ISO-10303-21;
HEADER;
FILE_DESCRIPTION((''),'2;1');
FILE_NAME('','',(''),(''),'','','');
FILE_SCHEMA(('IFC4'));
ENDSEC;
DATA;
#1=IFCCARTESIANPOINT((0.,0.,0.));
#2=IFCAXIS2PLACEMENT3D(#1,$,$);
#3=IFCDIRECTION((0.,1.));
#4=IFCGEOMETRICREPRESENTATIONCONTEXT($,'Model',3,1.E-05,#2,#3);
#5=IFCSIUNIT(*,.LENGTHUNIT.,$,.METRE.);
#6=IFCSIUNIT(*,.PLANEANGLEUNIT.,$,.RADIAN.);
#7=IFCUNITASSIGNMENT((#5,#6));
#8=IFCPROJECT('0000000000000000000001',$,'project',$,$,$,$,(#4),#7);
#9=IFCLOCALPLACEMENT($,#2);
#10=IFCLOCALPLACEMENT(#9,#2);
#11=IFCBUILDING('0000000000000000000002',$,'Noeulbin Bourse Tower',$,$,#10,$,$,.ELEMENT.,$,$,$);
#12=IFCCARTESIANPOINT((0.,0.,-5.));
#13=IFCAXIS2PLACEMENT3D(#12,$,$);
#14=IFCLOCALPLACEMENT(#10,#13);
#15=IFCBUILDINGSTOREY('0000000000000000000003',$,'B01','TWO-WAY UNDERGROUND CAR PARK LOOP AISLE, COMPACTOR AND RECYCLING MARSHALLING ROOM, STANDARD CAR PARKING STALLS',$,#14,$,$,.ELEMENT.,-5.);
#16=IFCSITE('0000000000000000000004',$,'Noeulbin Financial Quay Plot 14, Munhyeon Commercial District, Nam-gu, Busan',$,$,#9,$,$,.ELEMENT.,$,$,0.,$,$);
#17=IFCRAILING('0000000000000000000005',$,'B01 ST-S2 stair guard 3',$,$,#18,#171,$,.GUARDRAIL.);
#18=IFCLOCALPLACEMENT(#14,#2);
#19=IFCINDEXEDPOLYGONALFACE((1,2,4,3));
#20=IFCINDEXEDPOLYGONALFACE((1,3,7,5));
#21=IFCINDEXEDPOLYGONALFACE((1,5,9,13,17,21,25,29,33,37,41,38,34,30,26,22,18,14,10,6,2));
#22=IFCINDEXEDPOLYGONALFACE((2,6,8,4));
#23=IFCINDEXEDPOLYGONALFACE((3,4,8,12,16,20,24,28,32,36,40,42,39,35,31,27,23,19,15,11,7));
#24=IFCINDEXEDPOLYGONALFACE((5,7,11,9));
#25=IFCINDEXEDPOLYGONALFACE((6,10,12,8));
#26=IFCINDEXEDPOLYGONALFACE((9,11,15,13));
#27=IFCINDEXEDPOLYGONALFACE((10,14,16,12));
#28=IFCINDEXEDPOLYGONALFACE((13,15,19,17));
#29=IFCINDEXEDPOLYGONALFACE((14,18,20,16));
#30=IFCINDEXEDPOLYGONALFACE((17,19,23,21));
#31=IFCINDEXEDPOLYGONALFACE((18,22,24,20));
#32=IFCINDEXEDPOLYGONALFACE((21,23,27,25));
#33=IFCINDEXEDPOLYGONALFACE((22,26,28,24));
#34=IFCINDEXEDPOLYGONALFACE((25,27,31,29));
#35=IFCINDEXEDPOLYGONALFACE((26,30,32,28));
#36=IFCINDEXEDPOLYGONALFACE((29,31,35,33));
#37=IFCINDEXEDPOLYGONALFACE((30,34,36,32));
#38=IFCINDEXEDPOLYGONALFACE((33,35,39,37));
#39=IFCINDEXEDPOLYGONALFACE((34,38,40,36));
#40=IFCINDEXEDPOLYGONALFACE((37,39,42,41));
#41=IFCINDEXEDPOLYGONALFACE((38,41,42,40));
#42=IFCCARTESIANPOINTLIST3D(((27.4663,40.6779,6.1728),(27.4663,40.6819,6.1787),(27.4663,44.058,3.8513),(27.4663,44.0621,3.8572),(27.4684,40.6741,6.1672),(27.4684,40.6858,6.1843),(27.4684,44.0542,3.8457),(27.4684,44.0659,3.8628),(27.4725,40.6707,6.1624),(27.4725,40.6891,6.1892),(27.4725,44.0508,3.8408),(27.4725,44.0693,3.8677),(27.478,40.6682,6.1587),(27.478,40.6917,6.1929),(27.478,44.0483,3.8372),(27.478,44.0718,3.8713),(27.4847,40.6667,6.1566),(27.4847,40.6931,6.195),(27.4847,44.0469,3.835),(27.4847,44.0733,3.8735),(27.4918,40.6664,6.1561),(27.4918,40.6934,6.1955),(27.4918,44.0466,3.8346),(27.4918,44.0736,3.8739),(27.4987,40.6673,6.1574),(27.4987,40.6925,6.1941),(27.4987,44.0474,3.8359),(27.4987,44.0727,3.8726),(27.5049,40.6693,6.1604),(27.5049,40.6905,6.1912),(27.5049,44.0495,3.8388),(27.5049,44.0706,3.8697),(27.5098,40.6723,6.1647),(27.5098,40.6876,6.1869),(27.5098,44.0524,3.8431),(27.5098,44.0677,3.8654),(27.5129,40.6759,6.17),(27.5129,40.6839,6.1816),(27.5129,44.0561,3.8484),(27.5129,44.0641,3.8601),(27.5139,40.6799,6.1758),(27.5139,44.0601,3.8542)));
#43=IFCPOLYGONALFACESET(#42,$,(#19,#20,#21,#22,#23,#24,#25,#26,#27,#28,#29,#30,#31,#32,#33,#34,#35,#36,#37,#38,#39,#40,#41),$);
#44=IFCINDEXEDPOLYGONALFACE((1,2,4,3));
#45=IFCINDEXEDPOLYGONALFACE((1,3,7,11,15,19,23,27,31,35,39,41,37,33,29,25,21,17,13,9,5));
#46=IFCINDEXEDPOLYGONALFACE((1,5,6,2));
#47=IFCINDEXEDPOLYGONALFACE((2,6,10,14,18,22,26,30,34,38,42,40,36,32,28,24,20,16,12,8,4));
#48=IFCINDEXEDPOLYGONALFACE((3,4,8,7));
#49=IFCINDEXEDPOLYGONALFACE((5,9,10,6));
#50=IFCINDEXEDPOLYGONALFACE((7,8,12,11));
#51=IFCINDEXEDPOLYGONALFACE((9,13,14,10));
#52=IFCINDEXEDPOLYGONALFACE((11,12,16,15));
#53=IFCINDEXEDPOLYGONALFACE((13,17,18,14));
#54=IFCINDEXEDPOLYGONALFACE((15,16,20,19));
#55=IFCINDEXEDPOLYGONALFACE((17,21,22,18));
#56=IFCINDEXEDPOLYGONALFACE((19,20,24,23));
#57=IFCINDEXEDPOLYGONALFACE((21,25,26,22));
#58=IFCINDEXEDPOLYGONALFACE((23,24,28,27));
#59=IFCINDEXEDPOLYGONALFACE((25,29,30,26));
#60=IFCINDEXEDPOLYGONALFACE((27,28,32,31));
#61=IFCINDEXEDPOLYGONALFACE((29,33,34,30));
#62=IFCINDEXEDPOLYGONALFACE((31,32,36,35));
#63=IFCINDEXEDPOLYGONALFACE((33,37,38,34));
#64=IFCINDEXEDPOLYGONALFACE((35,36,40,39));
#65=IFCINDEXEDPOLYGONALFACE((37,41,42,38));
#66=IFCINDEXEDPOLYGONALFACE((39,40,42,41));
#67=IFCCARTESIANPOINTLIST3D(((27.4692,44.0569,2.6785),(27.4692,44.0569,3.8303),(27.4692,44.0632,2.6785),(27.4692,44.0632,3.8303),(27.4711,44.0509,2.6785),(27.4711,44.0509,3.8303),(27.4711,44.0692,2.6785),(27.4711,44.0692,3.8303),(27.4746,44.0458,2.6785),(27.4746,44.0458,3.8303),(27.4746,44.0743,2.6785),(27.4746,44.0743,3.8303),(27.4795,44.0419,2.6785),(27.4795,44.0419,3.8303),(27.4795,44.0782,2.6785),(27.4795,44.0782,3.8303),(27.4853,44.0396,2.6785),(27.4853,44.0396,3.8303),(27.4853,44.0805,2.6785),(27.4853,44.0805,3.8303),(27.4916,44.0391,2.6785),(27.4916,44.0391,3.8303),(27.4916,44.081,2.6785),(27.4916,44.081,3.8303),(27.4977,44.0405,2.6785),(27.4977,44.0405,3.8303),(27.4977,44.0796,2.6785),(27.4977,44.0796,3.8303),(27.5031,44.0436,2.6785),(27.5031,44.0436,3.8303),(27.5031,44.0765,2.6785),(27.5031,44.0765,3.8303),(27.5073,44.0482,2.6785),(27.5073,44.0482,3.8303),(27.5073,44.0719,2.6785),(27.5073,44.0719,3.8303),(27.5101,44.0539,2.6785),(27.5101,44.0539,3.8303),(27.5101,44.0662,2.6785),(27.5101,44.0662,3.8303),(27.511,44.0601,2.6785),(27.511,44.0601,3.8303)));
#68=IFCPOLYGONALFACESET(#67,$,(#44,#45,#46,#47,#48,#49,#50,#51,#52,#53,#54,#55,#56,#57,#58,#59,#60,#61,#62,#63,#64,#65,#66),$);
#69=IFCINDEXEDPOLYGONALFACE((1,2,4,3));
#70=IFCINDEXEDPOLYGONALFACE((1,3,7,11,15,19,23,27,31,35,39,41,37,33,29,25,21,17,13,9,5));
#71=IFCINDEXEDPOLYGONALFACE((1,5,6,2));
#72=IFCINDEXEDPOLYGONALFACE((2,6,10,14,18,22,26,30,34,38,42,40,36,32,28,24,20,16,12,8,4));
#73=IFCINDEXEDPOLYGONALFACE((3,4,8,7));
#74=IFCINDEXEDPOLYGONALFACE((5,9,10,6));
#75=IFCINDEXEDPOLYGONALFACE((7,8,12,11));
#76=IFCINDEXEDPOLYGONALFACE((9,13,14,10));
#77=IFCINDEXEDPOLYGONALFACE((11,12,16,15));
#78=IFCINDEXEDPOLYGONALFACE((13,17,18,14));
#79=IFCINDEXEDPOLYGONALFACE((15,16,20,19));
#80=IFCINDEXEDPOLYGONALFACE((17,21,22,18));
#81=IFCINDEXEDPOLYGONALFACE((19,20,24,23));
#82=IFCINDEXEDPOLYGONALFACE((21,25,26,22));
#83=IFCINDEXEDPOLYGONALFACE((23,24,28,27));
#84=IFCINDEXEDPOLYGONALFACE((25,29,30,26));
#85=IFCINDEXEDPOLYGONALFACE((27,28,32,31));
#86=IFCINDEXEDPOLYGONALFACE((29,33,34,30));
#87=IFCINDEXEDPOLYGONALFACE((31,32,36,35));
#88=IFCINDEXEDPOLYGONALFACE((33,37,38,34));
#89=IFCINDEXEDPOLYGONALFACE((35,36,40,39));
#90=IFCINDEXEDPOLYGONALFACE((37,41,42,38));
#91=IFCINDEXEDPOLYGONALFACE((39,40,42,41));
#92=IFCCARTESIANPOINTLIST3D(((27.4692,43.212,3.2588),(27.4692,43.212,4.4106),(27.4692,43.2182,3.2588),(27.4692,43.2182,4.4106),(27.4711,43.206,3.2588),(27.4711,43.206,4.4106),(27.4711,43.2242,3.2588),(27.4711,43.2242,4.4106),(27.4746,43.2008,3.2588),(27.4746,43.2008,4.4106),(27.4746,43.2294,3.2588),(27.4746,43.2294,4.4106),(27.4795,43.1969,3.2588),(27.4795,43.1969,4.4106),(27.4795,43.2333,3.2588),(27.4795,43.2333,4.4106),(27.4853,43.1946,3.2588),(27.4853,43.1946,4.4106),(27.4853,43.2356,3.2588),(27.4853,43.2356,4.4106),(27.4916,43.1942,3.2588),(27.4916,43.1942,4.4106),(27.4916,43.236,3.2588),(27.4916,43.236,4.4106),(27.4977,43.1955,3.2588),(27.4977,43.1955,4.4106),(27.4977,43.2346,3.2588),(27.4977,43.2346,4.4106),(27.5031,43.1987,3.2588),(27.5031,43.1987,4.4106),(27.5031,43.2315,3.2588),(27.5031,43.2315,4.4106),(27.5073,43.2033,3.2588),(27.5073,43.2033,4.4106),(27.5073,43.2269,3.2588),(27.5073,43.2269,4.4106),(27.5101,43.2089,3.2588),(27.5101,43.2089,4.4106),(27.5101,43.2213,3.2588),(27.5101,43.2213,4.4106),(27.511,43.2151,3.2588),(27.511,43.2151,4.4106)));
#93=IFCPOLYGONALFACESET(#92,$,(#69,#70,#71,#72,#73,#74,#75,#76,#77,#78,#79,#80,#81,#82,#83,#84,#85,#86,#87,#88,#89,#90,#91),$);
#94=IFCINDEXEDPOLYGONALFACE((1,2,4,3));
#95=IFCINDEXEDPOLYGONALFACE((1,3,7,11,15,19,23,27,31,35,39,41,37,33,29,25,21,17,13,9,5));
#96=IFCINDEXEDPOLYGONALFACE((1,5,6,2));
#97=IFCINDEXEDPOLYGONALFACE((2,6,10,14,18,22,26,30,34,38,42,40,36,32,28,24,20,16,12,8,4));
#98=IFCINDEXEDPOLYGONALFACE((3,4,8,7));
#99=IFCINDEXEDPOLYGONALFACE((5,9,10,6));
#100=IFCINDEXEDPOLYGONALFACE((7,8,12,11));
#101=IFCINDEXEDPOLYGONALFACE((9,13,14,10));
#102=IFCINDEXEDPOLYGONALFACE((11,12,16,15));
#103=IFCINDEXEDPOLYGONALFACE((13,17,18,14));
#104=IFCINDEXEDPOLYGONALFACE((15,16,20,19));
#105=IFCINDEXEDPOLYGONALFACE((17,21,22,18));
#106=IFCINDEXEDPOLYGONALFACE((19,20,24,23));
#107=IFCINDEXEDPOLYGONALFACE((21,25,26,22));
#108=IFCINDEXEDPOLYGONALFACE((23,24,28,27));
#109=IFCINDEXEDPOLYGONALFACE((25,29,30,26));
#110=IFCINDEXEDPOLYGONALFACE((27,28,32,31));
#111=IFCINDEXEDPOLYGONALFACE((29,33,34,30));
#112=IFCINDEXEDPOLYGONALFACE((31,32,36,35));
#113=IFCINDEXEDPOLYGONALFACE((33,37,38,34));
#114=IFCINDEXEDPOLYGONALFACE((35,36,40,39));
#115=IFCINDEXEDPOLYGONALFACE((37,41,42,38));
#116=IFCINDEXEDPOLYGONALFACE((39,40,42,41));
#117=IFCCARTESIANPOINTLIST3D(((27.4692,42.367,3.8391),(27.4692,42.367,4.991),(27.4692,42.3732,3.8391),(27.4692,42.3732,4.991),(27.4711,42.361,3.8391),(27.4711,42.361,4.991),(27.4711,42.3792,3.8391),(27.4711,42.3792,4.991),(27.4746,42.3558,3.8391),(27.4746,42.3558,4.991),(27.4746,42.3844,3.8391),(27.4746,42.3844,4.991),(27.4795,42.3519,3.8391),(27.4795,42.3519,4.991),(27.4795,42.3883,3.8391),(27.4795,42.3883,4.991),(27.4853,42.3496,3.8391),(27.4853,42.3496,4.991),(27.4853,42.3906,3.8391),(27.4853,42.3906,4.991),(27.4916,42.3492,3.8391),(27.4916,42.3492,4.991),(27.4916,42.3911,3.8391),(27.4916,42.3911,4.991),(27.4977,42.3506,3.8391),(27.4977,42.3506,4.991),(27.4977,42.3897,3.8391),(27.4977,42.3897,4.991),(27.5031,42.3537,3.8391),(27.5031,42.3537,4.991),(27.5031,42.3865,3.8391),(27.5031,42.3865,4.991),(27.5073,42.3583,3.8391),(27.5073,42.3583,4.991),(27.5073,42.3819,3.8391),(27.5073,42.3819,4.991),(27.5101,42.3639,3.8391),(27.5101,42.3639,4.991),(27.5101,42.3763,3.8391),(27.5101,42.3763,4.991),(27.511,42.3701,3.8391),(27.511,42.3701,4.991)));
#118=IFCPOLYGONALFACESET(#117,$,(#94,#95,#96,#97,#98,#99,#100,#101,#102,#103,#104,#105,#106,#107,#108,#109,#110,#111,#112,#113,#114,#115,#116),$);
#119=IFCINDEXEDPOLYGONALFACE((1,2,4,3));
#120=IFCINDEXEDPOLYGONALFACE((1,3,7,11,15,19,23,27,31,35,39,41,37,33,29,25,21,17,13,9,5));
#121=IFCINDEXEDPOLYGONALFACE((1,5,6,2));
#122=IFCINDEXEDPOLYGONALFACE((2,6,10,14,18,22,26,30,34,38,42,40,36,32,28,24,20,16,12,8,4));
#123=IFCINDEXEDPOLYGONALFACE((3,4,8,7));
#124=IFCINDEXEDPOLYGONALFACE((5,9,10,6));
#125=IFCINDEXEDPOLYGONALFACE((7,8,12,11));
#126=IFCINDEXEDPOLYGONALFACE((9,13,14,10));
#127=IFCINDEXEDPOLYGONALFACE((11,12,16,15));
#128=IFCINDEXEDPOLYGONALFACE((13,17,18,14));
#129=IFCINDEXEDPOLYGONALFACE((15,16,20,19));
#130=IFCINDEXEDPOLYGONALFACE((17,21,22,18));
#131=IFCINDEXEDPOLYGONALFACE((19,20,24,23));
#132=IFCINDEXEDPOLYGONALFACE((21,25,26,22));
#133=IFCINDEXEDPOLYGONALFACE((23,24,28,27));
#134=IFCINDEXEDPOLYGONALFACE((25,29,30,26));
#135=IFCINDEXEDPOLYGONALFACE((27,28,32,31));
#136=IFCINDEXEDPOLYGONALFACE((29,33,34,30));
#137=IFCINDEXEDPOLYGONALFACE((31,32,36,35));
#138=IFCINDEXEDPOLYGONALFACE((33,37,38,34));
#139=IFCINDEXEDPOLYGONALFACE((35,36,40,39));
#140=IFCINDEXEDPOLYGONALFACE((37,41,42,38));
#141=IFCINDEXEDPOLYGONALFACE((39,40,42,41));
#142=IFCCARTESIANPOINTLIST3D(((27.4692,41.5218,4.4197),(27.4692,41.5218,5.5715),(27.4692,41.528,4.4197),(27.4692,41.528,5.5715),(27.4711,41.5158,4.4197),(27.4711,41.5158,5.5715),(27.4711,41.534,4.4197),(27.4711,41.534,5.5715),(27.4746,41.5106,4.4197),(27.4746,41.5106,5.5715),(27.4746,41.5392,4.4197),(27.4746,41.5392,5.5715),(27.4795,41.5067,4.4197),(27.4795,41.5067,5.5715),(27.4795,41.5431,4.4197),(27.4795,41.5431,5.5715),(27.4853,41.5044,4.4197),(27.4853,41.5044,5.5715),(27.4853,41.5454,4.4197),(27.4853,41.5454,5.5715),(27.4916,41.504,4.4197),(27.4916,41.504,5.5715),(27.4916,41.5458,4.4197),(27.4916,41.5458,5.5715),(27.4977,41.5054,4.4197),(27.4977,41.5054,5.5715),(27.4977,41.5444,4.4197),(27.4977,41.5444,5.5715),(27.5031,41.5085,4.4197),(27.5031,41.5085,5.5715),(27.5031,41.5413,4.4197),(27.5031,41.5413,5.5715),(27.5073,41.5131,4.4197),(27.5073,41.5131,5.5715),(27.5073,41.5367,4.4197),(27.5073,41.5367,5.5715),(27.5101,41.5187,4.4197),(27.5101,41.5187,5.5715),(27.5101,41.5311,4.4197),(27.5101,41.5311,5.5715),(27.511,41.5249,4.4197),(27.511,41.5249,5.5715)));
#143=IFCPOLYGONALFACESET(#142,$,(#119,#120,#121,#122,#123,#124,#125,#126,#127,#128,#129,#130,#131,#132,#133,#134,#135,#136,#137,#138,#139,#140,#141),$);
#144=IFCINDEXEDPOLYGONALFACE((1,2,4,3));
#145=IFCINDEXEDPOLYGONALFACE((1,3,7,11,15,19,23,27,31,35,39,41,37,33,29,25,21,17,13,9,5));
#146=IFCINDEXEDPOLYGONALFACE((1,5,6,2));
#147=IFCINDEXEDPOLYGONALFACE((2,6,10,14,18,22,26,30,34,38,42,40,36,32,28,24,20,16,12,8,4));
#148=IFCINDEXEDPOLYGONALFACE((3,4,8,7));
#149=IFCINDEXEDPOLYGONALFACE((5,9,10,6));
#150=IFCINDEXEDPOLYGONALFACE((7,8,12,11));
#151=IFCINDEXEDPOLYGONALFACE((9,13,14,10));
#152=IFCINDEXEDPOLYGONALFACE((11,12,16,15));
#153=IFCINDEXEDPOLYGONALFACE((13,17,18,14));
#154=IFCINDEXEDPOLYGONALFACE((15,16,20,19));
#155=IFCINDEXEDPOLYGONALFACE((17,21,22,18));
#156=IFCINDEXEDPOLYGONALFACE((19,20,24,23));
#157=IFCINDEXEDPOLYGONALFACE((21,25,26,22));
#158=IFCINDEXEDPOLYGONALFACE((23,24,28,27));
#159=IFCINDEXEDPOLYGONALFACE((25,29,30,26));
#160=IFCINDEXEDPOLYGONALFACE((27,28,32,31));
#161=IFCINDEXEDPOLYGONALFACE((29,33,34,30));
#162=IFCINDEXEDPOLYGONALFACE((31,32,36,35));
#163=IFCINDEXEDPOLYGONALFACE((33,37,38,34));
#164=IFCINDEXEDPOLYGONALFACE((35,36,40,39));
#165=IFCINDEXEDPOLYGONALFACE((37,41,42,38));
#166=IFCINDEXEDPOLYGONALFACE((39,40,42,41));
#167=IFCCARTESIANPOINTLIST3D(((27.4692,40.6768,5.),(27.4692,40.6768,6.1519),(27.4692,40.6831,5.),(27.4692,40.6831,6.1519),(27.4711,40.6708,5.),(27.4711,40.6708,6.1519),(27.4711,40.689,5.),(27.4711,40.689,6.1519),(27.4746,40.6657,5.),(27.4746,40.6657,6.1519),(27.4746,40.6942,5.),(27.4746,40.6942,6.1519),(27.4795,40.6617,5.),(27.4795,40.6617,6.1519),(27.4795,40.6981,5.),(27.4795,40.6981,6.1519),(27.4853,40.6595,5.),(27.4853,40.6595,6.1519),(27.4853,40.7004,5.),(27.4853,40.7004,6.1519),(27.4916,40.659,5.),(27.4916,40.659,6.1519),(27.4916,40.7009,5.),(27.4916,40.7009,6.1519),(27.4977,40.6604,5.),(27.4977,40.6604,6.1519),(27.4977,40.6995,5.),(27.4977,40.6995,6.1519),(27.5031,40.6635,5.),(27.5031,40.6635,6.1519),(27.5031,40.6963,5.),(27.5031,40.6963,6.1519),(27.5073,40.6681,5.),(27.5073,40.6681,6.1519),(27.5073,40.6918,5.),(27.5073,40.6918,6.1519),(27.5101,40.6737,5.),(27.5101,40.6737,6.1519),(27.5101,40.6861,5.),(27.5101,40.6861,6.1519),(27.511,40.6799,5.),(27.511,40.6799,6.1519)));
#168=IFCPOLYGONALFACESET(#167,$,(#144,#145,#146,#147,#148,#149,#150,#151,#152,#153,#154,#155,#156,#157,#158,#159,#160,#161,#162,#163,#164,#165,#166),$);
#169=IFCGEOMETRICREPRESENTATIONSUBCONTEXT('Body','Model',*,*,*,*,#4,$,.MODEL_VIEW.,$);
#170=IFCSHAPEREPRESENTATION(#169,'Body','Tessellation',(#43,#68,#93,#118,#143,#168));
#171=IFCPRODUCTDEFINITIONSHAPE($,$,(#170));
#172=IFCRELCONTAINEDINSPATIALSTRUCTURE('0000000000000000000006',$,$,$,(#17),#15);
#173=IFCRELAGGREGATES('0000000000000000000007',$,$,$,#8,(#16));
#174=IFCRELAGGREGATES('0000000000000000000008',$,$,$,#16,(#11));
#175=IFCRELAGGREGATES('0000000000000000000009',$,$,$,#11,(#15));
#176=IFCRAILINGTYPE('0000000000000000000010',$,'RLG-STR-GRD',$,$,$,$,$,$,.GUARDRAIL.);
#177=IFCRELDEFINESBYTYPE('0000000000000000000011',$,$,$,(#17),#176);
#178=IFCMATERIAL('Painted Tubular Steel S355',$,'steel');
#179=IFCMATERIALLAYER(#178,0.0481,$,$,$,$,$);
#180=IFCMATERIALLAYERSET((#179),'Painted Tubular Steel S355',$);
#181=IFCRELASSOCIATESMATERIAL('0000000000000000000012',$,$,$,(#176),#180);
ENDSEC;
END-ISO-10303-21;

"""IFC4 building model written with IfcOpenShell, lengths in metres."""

from ifc_helpers import new_model, si_unit, direction, frame, origin, origin_2d, place, context, subcontext, project, spatial, circle, extrude, material, layer, layer_set, type_object, element, save


model = new_model("IFC4")

# Units and contexts
model_context = context("Model", 3, precision=1e-05, world=origin(), true_north=direction((0.0, 1.0)))
body_context = subcontext(model_context, "Body", "Model", "MODEL_VIEW")
ifc_project = project(units=[si_unit("LENGTHUNIT", "METRE"), si_unit("PLANEANGLEUNIT", "RADIAN")], contexts=[model_context])

# Site, building, storey
site_placement = place(None, origin())
site = spatial("IfcSite", under=ifc_project, at=site_placement, Name="Noeulbin Financial Quay Plot 14, Munhyeon Commercial District, Nam-gu, Busan", CompositionType="ELEMENT", RefElevation=0.0)
building_placement = place(site_placement, origin())
building = spatial("IfcBuilding", under=site, at=building_placement, Name="Noeulbin Bourse Tower", CompositionType="ELEMENT")
storey_placement = place(building_placement, frame((0.0, 0.0, -5.0)))
storey = spatial("IfcBuildingStorey", under=building, at=storey_placement, Name="B01", Description="TWO-WAY UNDERGROUND CAR PARK LOOP AISLE, COMPACTOR AND RECYCLING MARSHALLING ROOM, STANDARD CAR PARKING STALLS", CompositionType="ELEMENT", Elevation=-5.0)

# Railing
ifc_material_1 = material(Name="Painted Tubular Steel S355", Category="steel")
ifc_layer_1 = layer(ifc_material_1, 0.0481)
ifc_layer_set_1 = layer_set([ifc_layer_1], Name="Painted Tubular Steel S355")
railing_type_1 = type_object("IfcRailingType", Name="RLG-STR-GRD", PredefinedType="GUARDRAIL", material=ifc_layer_set_1)
railing_1_placement = place(storey_placement, frame((27.49, 44.0601, 2.6785)))
element("IfcRailing", 1, at=railing_1_placement, inside=storey, type_object=railing_type_1, Name="B01 ST-S2 stair guard 3", PredefinedType="GUARDRAIL", context=body_context, shape_type="SweptSolid", body=[
    extrude(circle(Radius=0.0239, at=origin_2d()), frame((0.0, 0.0, 1.1758), z_axis=(0.0, -0.824304, 0.566147), x_axis=(1.0, 0.0, 0.0)), (0.0, 0.0, 1.0), 4.1006),
    extrude(circle(Radius=0.021, at=origin_2d()), origin(), (0.0, 0.0, 1.0), 1.1519),
    extrude(circle(Radius=0.021, at=origin_2d()), frame((0.0, -0.845, 0.5803)), (0.0, 0.0, 1.0), 1.1519),
    extrude(circle(Radius=0.021, at=origin_2d()), frame((0.0, -1.6899, 1.1606)), (0.0, 0.0, 1.0), 1.1519),
    extrude(circle(Radius=0.021, at=origin_2d()), frame((0.0, -2.5352, 1.7412)), (0.0, 0.0, 1.0), 1.1519),
    extrude(circle(Radius=0.021, at=origin_2d()), frame((0.0, -3.3801, 2.3215)), (0.0, 0.0, 1.0), 1.1519),
])

save(model, "model.ifc")
